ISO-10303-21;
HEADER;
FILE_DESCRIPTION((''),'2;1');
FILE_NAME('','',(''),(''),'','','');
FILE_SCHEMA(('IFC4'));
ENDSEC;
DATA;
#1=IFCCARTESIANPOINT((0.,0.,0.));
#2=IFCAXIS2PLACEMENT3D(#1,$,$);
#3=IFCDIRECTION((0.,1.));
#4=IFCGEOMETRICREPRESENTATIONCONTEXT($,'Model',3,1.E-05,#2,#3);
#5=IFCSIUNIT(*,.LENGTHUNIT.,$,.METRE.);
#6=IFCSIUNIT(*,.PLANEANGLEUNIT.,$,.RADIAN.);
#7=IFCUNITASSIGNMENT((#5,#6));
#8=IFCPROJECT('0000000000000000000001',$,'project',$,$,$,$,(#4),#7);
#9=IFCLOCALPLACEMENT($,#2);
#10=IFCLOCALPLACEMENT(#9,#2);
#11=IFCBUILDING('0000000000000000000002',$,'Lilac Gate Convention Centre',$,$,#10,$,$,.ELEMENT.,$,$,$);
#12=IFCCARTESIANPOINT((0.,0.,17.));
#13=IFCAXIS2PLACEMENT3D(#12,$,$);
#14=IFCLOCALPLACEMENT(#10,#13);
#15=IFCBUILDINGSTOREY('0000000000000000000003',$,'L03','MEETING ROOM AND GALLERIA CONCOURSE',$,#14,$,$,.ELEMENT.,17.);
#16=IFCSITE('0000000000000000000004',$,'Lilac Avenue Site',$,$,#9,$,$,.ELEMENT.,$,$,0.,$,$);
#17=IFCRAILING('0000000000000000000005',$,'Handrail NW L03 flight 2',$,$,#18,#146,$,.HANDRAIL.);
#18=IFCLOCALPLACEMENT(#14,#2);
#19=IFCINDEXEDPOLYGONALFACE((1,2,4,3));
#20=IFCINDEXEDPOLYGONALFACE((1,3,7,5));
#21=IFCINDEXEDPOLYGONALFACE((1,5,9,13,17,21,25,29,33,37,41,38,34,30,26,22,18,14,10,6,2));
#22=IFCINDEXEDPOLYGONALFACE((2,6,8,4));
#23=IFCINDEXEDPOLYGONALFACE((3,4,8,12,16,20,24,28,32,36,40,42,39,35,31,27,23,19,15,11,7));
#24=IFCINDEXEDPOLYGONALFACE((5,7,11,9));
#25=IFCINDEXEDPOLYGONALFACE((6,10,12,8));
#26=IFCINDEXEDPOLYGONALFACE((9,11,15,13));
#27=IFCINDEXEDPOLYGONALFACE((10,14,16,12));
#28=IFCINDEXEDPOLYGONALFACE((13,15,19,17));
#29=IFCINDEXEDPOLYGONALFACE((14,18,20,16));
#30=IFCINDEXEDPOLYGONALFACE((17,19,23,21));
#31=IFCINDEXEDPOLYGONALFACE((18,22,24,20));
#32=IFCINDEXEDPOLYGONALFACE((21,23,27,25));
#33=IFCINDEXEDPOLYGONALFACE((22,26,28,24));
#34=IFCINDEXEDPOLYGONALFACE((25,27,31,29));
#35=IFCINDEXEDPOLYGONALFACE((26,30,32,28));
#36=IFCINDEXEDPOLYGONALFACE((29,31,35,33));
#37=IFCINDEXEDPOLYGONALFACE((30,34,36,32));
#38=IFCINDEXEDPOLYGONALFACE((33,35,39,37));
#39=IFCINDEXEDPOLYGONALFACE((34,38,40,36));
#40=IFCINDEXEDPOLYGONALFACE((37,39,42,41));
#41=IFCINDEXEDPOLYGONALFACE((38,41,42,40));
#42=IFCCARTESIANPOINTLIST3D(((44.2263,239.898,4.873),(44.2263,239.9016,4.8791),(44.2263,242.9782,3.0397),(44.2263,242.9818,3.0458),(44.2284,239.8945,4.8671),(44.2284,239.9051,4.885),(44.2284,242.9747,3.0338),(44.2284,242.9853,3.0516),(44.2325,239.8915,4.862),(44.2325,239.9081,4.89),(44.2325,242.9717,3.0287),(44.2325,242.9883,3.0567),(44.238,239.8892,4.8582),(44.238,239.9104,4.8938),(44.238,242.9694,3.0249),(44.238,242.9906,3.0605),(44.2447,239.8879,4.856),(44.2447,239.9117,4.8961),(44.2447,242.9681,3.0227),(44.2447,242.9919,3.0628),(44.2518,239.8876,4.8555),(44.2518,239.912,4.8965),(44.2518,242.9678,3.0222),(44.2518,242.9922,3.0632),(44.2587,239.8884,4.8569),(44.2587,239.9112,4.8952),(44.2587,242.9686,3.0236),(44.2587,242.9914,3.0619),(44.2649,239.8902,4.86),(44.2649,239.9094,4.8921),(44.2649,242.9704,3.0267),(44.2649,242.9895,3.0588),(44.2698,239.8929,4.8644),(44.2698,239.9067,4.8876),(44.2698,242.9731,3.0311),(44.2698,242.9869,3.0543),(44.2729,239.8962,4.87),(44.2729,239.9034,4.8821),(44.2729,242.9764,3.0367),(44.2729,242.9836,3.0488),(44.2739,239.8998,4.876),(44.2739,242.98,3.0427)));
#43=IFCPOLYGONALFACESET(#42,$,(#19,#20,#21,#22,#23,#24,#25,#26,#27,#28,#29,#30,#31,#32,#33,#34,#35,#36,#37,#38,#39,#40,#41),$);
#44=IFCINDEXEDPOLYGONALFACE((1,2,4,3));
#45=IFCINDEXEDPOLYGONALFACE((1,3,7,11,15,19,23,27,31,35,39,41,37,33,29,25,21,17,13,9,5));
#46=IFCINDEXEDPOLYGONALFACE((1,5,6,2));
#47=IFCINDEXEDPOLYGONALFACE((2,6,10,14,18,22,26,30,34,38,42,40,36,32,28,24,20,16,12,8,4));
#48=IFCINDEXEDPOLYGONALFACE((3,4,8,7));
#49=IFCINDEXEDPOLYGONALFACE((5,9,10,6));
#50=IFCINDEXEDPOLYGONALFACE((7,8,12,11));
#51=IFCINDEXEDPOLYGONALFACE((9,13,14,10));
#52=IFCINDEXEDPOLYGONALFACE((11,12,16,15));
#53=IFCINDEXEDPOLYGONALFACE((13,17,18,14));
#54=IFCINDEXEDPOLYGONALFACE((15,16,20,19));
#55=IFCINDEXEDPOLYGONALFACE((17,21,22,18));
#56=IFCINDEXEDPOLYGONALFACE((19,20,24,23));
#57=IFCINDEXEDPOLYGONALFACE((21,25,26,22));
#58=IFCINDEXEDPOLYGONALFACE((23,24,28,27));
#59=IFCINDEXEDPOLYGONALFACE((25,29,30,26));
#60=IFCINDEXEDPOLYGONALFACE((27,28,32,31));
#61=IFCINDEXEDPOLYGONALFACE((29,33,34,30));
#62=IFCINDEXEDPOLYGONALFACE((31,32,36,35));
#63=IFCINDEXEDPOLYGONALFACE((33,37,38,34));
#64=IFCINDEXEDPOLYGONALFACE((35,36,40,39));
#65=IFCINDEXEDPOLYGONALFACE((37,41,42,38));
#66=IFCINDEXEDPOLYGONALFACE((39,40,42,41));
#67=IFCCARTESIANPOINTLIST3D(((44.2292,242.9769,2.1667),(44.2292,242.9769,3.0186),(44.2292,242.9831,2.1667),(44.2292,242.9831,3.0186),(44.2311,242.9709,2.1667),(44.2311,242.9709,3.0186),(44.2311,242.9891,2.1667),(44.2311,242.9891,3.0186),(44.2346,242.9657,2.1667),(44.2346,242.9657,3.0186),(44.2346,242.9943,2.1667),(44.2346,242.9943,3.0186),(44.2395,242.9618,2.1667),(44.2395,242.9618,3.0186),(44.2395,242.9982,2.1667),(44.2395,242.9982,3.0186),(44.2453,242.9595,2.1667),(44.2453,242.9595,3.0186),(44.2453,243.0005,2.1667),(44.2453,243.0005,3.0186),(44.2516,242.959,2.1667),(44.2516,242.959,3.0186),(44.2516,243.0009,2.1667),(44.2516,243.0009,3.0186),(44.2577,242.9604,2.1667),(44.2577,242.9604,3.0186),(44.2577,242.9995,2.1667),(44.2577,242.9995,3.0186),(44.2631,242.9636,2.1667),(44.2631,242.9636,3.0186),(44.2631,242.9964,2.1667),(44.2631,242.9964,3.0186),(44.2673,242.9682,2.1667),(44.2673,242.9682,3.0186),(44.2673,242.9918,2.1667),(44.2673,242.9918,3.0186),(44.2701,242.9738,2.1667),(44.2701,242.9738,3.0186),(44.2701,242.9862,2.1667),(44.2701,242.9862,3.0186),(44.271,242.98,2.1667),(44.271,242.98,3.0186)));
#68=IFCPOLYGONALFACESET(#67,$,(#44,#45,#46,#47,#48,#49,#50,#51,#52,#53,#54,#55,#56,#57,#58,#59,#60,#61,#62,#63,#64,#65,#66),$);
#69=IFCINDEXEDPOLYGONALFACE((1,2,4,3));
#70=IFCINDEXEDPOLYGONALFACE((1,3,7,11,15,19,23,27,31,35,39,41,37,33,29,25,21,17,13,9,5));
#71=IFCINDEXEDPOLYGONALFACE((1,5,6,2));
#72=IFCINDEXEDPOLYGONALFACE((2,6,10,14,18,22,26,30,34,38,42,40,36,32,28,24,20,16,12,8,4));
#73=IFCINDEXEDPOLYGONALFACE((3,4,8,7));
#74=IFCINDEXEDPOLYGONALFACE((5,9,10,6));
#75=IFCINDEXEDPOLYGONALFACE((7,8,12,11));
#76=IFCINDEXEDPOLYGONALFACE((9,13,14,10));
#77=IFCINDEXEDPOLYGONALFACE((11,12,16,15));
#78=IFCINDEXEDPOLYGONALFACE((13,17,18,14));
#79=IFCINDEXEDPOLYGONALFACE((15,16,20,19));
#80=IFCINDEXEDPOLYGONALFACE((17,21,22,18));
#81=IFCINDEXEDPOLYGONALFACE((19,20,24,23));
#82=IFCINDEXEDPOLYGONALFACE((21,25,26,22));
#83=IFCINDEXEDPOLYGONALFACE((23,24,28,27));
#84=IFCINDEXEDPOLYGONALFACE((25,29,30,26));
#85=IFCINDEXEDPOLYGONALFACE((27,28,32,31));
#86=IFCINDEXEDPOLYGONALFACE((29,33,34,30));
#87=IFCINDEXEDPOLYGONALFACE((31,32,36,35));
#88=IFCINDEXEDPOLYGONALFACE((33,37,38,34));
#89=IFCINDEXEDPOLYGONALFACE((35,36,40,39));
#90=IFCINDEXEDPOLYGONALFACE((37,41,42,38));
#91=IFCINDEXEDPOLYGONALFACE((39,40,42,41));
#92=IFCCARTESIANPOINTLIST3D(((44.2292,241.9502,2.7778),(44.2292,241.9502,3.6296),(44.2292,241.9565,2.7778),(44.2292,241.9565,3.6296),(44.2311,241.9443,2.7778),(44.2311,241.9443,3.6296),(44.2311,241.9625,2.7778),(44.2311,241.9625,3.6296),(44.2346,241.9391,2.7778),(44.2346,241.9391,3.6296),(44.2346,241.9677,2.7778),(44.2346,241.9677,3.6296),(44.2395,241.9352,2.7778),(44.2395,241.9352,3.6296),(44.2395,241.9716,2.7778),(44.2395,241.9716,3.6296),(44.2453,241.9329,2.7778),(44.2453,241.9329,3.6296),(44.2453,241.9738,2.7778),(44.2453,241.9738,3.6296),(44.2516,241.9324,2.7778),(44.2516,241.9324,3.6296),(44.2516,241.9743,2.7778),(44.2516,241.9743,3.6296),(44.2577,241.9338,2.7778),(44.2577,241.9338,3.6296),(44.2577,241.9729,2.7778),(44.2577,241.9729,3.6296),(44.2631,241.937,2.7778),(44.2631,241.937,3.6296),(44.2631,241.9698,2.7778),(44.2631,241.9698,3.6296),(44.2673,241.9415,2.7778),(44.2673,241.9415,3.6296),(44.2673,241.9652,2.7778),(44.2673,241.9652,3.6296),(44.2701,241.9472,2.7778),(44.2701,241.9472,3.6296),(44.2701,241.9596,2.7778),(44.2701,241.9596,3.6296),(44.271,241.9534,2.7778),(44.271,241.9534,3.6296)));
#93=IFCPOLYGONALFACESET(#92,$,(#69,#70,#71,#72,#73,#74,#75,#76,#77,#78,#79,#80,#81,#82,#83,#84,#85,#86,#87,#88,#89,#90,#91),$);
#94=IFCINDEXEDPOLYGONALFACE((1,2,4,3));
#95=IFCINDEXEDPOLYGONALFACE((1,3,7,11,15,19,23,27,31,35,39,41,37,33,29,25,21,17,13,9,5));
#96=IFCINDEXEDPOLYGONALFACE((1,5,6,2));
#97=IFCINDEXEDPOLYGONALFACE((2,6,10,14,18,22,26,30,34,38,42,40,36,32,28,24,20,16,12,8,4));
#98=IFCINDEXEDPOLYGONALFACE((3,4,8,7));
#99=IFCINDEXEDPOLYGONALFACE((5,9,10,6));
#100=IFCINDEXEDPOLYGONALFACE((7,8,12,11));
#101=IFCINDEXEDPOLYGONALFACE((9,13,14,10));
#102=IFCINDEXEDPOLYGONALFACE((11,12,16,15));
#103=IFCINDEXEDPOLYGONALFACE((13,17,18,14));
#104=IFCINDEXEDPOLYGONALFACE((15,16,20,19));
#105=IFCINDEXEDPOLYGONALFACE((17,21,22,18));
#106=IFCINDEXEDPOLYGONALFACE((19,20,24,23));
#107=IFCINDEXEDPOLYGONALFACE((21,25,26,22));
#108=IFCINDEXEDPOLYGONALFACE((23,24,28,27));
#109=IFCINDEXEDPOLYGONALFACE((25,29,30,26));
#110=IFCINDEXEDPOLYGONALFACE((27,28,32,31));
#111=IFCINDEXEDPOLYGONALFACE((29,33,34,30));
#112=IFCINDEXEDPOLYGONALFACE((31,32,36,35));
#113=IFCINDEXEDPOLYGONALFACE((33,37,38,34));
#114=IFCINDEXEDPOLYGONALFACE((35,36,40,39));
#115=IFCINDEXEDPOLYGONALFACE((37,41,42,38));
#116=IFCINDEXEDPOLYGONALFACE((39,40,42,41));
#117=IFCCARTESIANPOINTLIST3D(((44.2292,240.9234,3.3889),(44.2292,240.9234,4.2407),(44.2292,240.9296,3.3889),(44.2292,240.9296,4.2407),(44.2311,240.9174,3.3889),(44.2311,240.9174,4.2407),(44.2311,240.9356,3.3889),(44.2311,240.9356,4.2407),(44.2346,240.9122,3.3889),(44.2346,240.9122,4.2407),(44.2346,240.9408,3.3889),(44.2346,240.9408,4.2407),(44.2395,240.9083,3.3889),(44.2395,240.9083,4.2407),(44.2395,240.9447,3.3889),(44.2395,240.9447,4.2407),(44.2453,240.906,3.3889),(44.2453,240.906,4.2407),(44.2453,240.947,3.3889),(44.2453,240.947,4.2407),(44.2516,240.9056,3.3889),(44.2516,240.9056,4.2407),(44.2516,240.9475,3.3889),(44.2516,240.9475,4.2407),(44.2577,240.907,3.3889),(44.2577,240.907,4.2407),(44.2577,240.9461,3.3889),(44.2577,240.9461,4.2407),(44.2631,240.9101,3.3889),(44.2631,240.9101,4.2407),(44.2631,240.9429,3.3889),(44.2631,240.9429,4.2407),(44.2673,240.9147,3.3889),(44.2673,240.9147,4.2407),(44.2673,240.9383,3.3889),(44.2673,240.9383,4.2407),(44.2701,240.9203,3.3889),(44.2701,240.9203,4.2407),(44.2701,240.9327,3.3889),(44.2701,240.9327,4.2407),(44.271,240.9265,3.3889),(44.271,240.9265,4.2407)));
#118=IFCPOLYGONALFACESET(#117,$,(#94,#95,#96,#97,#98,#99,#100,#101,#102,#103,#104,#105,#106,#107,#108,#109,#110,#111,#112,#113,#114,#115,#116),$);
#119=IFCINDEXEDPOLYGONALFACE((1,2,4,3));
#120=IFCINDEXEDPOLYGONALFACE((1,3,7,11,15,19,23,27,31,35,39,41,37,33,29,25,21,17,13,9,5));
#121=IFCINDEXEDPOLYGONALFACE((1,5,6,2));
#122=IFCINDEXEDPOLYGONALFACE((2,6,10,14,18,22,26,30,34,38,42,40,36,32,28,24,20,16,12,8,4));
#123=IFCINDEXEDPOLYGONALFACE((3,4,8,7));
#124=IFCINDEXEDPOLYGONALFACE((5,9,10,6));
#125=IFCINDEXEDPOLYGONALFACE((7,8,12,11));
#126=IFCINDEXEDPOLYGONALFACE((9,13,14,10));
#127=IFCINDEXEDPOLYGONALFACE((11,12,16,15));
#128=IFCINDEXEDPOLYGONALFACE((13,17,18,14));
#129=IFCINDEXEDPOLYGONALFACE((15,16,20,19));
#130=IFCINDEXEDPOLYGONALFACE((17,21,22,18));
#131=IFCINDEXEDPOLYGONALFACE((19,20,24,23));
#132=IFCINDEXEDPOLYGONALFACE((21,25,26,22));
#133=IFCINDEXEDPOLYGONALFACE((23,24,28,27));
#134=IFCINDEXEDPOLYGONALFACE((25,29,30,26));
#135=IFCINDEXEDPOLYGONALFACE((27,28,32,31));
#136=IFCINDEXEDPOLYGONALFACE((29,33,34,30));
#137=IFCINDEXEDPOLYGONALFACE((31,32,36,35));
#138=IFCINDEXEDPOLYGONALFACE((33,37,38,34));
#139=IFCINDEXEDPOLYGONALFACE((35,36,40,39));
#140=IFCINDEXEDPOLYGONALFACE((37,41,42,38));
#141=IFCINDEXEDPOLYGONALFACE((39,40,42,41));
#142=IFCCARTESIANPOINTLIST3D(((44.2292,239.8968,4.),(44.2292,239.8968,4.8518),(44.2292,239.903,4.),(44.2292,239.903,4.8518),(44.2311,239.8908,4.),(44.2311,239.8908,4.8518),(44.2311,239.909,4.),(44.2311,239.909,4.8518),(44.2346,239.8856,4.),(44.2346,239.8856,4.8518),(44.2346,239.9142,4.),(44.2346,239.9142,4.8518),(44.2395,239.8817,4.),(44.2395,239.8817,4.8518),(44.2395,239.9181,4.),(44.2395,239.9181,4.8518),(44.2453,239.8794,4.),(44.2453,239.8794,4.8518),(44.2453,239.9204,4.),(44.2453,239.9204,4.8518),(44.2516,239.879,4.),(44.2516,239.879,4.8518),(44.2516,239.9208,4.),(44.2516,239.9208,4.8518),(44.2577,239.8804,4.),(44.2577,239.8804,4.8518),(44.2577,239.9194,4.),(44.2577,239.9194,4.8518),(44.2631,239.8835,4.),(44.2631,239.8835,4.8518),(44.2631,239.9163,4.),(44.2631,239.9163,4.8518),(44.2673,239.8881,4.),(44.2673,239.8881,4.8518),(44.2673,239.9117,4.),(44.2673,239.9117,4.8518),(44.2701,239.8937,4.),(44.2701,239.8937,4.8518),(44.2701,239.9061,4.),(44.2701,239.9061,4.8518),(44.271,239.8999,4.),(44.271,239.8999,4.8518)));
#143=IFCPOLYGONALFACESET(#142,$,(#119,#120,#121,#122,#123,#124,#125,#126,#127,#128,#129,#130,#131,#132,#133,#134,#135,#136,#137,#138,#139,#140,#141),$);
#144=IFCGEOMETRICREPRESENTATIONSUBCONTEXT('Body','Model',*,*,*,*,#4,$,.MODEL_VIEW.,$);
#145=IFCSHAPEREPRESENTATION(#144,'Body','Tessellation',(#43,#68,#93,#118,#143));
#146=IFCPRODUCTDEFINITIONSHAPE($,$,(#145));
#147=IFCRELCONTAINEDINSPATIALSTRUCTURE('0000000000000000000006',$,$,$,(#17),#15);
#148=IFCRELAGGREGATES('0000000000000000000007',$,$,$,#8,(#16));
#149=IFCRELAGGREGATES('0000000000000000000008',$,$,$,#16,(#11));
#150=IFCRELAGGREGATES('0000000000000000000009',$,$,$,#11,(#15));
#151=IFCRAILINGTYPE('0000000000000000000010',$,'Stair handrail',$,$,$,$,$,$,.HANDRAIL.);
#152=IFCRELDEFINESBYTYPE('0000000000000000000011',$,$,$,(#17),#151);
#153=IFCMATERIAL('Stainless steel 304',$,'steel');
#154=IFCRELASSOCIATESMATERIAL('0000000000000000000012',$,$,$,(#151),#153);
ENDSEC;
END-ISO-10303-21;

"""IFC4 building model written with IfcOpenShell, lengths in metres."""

from ifc_helpers import new_model, si_unit, direction, frame, origin, origin_2d, place, context, subcontext, project, spatial, circle, extrude, material, type_object, element, save


model = new_model("IFC4")

# Units and contexts
model_context = context("Model", 3, precision=1e-05, world=origin(), true_north=direction((0.0, 1.0)))
body_context = subcontext(model_context, "Body", "Model", "MODEL_VIEW")
ifc_project = project(units=[si_unit("LENGTHUNIT", "METRE"), si_unit("PLANEANGLEUNIT", "RADIAN")], contexts=[model_context])

# Site, building, storey
site_placement = place(None, origin())
site = spatial("IfcSite", under=ifc_project, at=site_placement, Name="Lilac Avenue Site", CompositionType="ELEMENT", RefElevation=0.0)
building_placement = place(site_placement, origin())
building = spatial("IfcBuilding", under=site, at=building_placement, Name="Lilac Gate Convention Centre", CompositionType="ELEMENT")
storey_placement = place(building_placement, frame((0.0, 0.0, 17.0)))
storey = spatial("IfcBuildingStorey", under=building, at=storey_placement, Name="L03", Description="MEETING ROOM AND GALLERIA CONCOURSE", CompositionType="ELEMENT", Elevation=17.0)

# Railing
ifc_material_1 = material(Name="Stainless steel 304", Category="steel")
railing_type = type_object("IfcRailingType", Name="Stair handrail", PredefinedType="HANDRAIL", material=ifc_material_1)
for number, where, name in (
    (1, (44.25, 242.98, 2.1667), "Handrail NW L03 flight 2"),
):
    element("IfcRailing", number, at=place(storey_placement, frame(where)), inside=storey, type_object=railing_type, Name=name, PredefinedType="HANDRAIL", context=body_context, shape_type="SweptSolid", body=[
        extrude(circle(Radius=0.0239, at=origin_2d()), frame((0.0, 0.0, 0.876), z_axis=(0.0, -0.859309, 0.511458), x_axis=(1.0, 0.0, 0.0)), (0.0, 0.0, 1.0), 3.5845),
        extrude(circle(Radius=0.021, at=origin_2d()), origin(), (0.0, 0.0, 1.0), 0.8518),
        extrude(circle(Radius=0.021, at=origin_2d()), frame((0.0, -1.0266, 0.6111)), (0.0, 0.0, 1.0), 0.8518),
        extrude(circle(Radius=0.021, at=origin_2d()), frame((0.0, -2.0535, 1.2222)), (0.0, 0.0, 1.0), 0.8518),
        extrude(circle(Radius=0.021, at=origin_2d()), frame((0.0, -3.0801, 1.8333)), (0.0, 0.0, 1.0), 0.8518),
    ])

save(model, "model.ifc")
